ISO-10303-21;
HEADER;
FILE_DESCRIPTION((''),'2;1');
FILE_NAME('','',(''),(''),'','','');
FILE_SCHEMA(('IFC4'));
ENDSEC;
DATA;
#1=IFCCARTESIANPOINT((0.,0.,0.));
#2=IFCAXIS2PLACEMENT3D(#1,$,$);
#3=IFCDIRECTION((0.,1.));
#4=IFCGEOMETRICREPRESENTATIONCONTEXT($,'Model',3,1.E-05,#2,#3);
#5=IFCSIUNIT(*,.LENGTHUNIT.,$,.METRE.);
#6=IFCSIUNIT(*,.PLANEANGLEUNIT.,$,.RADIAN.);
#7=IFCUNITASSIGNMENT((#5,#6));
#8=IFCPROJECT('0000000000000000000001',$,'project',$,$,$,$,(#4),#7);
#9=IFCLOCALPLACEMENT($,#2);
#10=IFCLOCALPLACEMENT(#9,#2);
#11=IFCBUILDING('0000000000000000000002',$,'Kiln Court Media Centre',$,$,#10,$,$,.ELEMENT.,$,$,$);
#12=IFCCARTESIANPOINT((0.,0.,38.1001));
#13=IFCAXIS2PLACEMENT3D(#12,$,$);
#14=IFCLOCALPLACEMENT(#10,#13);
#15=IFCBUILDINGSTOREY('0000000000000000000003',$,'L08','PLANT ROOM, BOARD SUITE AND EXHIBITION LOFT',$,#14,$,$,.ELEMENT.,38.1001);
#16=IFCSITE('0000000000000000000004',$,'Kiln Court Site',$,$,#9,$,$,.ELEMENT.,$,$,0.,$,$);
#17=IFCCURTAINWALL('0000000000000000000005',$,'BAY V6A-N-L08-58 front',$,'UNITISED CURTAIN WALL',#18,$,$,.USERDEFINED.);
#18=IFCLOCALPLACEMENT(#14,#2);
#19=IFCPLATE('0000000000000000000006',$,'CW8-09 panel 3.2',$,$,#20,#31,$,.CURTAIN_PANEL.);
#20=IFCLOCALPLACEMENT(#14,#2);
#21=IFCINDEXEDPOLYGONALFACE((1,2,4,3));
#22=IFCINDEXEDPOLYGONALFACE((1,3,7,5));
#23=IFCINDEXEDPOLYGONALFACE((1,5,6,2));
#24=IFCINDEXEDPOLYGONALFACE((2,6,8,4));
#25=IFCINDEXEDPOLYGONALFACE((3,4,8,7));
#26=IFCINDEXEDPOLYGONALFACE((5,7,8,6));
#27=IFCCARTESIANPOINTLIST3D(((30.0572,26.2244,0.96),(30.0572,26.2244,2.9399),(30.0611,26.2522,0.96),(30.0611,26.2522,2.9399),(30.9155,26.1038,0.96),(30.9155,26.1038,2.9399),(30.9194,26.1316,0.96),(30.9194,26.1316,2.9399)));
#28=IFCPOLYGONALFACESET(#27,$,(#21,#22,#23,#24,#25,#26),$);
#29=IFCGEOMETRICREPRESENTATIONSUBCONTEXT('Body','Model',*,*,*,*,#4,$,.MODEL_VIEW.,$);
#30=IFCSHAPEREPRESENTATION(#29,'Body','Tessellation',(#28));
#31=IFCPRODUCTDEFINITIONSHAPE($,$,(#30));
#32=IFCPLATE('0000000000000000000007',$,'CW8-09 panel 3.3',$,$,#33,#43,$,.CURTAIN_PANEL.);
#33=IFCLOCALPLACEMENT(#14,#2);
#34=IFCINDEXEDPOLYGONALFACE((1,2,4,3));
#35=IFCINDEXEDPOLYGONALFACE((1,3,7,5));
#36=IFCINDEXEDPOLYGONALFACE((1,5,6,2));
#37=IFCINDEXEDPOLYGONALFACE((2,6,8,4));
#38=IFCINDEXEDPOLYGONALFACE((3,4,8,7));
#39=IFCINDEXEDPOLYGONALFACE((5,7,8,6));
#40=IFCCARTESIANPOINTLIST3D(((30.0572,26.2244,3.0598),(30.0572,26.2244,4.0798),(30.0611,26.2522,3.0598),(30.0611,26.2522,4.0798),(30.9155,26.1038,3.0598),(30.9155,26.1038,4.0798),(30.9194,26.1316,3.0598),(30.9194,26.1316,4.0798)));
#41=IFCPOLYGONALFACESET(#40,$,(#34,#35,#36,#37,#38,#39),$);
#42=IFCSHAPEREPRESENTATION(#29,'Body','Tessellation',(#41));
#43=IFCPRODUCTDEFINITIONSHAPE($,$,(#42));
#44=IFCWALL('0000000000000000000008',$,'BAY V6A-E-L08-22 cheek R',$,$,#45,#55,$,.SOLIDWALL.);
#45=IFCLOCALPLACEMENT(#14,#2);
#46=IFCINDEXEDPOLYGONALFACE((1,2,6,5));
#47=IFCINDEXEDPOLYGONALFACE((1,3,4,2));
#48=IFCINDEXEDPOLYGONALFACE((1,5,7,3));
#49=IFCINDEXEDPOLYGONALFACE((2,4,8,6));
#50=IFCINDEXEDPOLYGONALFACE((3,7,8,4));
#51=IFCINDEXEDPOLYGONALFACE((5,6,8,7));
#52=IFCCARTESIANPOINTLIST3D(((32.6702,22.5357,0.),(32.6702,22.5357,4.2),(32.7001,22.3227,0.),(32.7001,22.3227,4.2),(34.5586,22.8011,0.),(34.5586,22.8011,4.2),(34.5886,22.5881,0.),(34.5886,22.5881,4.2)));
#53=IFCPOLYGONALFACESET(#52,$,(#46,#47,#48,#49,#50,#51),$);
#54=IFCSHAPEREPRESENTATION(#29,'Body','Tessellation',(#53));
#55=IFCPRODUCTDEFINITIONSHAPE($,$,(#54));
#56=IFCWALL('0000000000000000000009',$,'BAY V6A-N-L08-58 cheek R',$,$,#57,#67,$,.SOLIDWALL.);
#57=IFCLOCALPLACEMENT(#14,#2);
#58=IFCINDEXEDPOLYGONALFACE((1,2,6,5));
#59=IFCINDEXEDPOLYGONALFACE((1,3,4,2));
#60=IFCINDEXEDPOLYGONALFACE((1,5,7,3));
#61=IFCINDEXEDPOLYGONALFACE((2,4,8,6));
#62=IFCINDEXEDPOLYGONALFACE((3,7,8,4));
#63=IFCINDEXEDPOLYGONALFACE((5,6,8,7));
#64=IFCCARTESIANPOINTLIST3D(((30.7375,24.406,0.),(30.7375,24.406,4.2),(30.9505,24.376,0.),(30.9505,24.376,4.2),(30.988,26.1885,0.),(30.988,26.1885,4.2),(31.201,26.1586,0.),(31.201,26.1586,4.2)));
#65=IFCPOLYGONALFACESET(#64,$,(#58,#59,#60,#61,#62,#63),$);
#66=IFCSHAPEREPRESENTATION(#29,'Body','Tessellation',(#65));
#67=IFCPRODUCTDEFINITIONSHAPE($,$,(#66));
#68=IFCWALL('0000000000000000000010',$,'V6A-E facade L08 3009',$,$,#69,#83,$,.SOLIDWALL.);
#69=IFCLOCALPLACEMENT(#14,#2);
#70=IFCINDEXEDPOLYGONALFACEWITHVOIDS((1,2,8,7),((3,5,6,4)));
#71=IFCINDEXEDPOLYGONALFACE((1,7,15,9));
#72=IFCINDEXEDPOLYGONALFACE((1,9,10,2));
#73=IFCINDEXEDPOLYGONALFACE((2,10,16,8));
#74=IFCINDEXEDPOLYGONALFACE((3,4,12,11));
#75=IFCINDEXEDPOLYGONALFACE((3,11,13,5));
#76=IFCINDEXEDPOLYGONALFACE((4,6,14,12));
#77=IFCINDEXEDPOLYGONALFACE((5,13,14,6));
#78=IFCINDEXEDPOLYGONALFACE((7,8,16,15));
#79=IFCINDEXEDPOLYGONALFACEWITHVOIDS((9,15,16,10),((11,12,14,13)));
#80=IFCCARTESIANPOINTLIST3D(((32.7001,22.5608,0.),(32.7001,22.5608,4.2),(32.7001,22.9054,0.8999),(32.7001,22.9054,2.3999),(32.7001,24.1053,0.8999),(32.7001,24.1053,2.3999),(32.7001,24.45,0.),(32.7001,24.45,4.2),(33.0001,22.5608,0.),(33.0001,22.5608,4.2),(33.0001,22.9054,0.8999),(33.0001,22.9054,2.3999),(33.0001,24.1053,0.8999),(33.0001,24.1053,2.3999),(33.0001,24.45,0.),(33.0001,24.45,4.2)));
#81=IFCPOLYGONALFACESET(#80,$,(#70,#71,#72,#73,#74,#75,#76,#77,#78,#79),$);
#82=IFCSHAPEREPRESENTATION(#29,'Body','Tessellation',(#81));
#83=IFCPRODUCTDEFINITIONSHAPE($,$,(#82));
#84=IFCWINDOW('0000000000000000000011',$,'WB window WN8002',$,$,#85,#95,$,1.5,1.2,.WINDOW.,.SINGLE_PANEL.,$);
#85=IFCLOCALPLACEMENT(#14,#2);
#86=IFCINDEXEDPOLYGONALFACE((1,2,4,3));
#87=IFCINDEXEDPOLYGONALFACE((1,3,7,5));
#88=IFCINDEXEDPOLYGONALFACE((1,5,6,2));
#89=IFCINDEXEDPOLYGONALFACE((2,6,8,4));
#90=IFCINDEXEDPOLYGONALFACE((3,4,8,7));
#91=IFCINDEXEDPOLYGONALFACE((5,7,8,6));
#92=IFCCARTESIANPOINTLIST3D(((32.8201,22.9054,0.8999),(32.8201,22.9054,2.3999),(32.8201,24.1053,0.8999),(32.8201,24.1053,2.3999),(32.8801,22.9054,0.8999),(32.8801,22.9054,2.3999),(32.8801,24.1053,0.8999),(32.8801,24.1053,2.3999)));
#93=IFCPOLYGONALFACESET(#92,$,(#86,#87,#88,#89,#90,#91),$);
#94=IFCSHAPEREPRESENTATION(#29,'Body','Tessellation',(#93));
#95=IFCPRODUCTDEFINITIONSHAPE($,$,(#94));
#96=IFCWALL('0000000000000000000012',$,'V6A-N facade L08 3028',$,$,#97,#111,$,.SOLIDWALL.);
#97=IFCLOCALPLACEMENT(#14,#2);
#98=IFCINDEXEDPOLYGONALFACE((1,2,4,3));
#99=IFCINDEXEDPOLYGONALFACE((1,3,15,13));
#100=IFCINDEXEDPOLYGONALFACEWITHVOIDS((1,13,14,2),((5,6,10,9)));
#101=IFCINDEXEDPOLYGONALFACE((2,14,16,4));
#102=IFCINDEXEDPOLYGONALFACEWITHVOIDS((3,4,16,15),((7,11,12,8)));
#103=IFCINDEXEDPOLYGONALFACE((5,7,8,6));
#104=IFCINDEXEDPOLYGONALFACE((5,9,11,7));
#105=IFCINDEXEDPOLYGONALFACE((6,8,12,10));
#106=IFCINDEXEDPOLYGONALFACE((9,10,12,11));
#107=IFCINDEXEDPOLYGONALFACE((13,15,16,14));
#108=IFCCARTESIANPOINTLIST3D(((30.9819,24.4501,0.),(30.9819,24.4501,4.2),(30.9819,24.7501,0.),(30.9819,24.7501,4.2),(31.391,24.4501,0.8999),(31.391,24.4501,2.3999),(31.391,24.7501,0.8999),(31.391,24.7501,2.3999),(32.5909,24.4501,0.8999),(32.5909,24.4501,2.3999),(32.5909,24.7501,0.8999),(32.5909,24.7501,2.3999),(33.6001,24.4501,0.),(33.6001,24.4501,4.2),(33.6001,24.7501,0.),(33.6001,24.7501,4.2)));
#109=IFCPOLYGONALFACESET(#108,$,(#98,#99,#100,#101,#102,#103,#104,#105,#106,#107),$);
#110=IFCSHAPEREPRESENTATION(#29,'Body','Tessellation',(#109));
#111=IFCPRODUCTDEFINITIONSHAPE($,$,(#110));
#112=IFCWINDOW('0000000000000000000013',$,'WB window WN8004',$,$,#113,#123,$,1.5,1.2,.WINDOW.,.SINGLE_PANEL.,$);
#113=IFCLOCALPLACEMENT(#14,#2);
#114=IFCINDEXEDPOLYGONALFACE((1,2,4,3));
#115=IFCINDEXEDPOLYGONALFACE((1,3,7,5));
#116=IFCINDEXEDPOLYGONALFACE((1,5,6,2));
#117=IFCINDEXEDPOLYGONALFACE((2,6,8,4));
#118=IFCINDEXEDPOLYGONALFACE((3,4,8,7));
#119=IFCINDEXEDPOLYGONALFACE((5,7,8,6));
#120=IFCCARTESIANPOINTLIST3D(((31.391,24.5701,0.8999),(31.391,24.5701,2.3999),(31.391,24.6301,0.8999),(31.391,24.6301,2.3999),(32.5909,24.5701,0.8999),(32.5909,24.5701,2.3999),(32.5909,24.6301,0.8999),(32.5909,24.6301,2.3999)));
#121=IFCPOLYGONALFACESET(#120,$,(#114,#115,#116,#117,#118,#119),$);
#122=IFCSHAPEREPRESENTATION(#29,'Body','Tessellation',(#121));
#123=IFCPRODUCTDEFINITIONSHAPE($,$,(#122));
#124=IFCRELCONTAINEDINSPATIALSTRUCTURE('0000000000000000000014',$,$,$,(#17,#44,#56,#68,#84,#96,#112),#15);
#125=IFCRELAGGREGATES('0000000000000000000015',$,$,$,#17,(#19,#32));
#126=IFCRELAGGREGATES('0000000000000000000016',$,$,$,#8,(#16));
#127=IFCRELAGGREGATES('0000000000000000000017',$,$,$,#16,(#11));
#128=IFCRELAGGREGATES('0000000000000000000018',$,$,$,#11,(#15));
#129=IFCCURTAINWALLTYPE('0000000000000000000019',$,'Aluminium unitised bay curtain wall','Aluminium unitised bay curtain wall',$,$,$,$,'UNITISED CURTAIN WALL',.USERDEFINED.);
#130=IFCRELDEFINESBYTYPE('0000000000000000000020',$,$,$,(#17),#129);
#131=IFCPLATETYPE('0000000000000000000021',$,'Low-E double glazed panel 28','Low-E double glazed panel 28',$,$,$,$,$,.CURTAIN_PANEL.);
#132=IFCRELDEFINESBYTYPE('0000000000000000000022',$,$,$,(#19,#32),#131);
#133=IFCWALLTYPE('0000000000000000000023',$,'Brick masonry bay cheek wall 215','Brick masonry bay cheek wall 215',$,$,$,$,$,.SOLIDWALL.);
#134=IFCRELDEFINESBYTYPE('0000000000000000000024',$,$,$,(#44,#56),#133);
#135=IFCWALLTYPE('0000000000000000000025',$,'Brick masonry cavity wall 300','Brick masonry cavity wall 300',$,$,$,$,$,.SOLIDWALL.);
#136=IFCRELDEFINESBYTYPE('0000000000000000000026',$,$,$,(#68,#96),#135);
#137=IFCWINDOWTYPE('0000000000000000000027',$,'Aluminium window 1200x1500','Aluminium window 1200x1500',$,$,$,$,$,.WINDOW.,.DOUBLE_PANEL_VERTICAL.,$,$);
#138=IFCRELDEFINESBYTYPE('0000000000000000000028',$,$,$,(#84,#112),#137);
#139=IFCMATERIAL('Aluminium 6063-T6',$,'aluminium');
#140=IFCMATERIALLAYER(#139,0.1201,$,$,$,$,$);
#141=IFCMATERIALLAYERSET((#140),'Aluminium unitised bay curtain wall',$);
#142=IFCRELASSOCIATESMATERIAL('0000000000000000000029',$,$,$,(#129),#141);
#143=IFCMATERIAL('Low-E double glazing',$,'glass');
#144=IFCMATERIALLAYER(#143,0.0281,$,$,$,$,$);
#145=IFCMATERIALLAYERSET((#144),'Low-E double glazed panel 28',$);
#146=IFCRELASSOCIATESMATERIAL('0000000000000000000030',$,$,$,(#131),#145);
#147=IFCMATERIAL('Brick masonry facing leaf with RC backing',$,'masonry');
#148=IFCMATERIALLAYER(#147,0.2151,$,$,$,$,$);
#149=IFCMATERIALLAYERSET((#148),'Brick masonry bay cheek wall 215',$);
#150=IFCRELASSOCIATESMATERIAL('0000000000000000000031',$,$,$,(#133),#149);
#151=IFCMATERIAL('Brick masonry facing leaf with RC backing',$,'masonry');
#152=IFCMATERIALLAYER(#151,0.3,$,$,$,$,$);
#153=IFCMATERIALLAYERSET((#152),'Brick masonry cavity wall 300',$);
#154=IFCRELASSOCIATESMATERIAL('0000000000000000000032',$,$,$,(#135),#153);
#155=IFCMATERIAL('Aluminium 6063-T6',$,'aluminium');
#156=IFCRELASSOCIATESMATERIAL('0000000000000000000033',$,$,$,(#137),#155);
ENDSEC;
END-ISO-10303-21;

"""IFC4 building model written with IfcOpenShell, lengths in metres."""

from ifc_helpers import new_model, si_unit, direction, frame, frame_2d, origin, origin_2d, place, context, subcontext, project, spatial, rectangle, extrude, material, layer, layer_set, type_object, element, fill, aggregate, save


model = new_model("IFC4")

# Units and contexts
model_context = context("Model", 3, precision=1e-05, world=origin(), true_north=direction((0.0, 1.0)))
body_context = subcontext(model_context, "Body", "Model", "MODEL_VIEW")
ifc_project = project(units=[si_unit("LENGTHUNIT", "METRE"), si_unit("PLANEANGLEUNIT", "RADIAN")], contexts=[model_context])

# Site, building, storey
site_placement = place(None, origin())
site = spatial("IfcSite", under=ifc_project, at=site_placement, Name="Kiln Court Site", CompositionType="ELEMENT", RefElevation=0.0)
building_placement = place(site_placement, origin())
building = spatial("IfcBuilding", under=site, at=building_placement, Name="Kiln Court Media Centre", CompositionType="ELEMENT")
storey_placement = place(building_placement, frame((0.0, 0.0, 38.1001)))
storey = spatial("IfcBuildingStorey", under=building, at=storey_placement, Name="L08", Description="PLANT ROOM, BOARD SUITE AND EXHIBITION LOFT", CompositionType="ELEMENT", Elevation=38.1001)

# Shared definitions
ifc_material_1 = material(Name="Aluminium 6063-T6", Category="aluminium")
ifc_layer_1 = layer(ifc_material_1, 0.1201)
ifc_layer_set_1 = layer_set([ifc_layer_1], Name="Aluminium unitised bay curtain wall")
curtain_wall_type = type_object("IfcCurtainWallType", Name="Aluminium unitised bay curtain wall", Description="Aluminium unitised bay curtain wall", ElementType="UNITISED CURTAIN WALL", PredefinedType="USERDEFINED", material=ifc_layer_set_1)

# Curtain wall
curtain_wall_1_placement = place(storey_placement, origin())
curtain_wall_1 = element("IfcCurtainWall", 1, at=curtain_wall_1_placement, inside=storey, type_object=curtain_wall_type, Name="BAY V6A-N-L08-58 front", ObjectType="UNITISED CURTAIN WALL", PredefinedType="USERDEFINED")

# Plates
ifc_material_2 = material(Name="Low-E double glazing", Category="glass")
ifc_layer_2 = layer(ifc_material_2, 0.0281)
ifc_layer_set_2 = layer_set([ifc_layer_2], Name="Low-E double glazed panel 28")
plate_type_1 = type_object("IfcPlateType", Name="Low-E double glazed panel 28", Description="Low-E double glazed panel 28", PredefinedType="CURTAIN_PANEL", material=ifc_layer_set_2)
plate_1_placement = place(storey_placement, frame((30.4883, 26.178, 0.96), z_axis=(0.0, 0.0, 1.0), x_axis=(0.99027, -0.139162, 0.0)))
plate_1 = element("IfcPlate", 2, at=plate_1_placement, type_object=plate_type_1, Name="CW8-09 panel 3.2", PredefinedType="CURTAIN_PANEL", context=body_context, shape_type="SweptSolid", body=[
    extrude(rectangle(XDim=0.8667, YDim=0.0281, at=origin_2d()), origin(), (0.0, 0.0, 1.0), 1.98),
])
plate_2_placement = place(storey_placement, frame((30.4883, 26.178, 3.0598), z_axis=(0.0, 0.0, 1.0), x_axis=(0.99027, -0.139162, 0.0)))
plate_2 = element("IfcPlate", 3, at=plate_2_placement, type_object=plate_type_1, Name="CW8-09 panel 3.3", PredefinedType="CURTAIN_PANEL", context=body_context, shape_type="SweptSolid", body=[
    extrude(rectangle(XDim=0.8667, YDim=0.0281, at=origin_2d()), origin(), (0.0, 0.0, 1.0), 1.02),
])
aggregate(curtain_wall_1, [plate_1, plate_2])

# Walls
ifc_material_3 = material(Name="Brick masonry facing leaf with RC backing", Category="masonry")
ifc_layer_3 = layer(ifc_material_3, 0.2151)
ifc_layer_set_3 = layer_set([ifc_layer_3], Name="Brick masonry bay cheek wall 215")
wall_type_1 = type_object("IfcWallType", Name="Brick masonry bay cheek wall 215", Description="Brick masonry bay cheek wall 215", PredefinedType="SOLIDWALL", material=ifc_layer_set_3)
wall_1_placement = place(storey_placement, frame((32.6851, 22.4292, 0.0), z_axis=(0.0, 0.0, 1.0), x_axis=(0.99027, 0.139163, 0.0)))
element("IfcWall", 4, at=wall_1_placement, inside=storey, type_object=wall_type_1, Name="BAY V6A-E-L08-22 cheek R", PredefinedType="SOLIDWALL", context=body_context, shape_type="SweptSolid", body=[
    extrude(rectangle(XDim=1.907, YDim=0.2151, at=frame_2d((0.9536, 0.0))), origin(), (0.0, 0.0, 1.0), 4.2),
])
wall_2_placement = place(storey_placement, frame((30.844, 24.3911, 0.0), z_axis=(0.0, 0.0, 1.0), x_axis=(0.139161, 0.99027, 0.0)))
element("IfcWall", 5, at=wall_2_placement, inside=storey, type_object=wall_type_1, Name="BAY V6A-N-L08-58 cheek R", PredefinedType="SOLIDWALL", context=body_context, shape_type="SweptSolid", body=[
    extrude(rectangle(XDim=1.8, YDim=0.2151, at=frame_2d((0.8999, 0.0))), origin(), (0.0, 0.0, 1.0), 4.2),
])

# Walls, openings, windows
ifc_material_4 = material(Name="Brick masonry facing leaf with RC backing", Category="masonry")
ifc_layer_4 = layer(ifc_material_4, 0.3)
ifc_layer_set_4 = layer_set([ifc_layer_4], Name="Brick masonry cavity wall 300")
wall_type_2 = type_object("IfcWallType", Name="Brick masonry cavity wall 300", Description="Brick masonry cavity wall 300", PredefinedType="SOLIDWALL", material=ifc_layer_set_4)
wall_3_placement = place(storey_placement, frame((32.8501, 24.45, 0.0), z_axis=(0.0, 0.0, 1.0), x_axis=(0.0, -1.0, 0.0)))
wall_3 = element("IfcWall", 6, at=wall_3_placement, inside=storey, type_object=wall_type_2, Name="V6A-E facade L08 3009", PredefinedType="SOLIDWALL", context=body_context, shape_type="SweptSolid", body=[
    extrude(rectangle(XDim=1.8892, YDim=0.3, at=frame_2d((0.9446, 0.0))), origin(), (0.0, 0.0, 1.0), 4.2),
])
opening_1_placement = place(wall_3_placement, frame((0.3445, 0.0, 0.8999)))
opening_1 = element("IfcOpeningElement", 7, at=opening_1_placement, cuts=wall_3, PredefinedType="OPENING", context=body_context, shape_type="SweptSolid", body=[
    extrude(rectangle(XDim=1.2, YDim=1.5, at=frame_2d((0.6001, 0.75))), frame((0.0, 0.1599, 0.0), z_axis=(0.0, -1.0, 0.0), x_axis=(1.0, 0.0, 0.0)), (0.0, 0.0, 1.0), 0.3201),
])
ifc_material_5 = material(Name="Aluminium 6063-T6", Category="aluminium")
window_type = type_object("IfcWindowType", Name="Aluminium window 1200x1500", Description="Aluminium window 1200x1500", PartitioningType="DOUBLE_PANEL_VERTICAL", PredefinedType="WINDOW", material=ifc_material_5)
window_1_placement = place(opening_1_placement, origin())
window_1 = element("IfcWindow", 8, at=window_1_placement, inside=storey, type_object=window_type, Name="WB window WN8002", OverallHeight=1.5, OverallWidth=1.2, PartitioningType="SINGLE_PANEL", PredefinedType="WINDOW", context=body_context, shape_type="SweptSolid", body=[
    extrude(rectangle(XDim=1.2, YDim=1.5, at=frame_2d((0.6001, 0.75))), frame((0.0, 0.03, 0.0), z_axis=(0.0, -1.0, 0.0), x_axis=(1.0, 0.0, 0.0)), (0.0, 0.0, 1.0), 0.0601),
])
fill(opening_1, window_1)
wall_4_placement = place(storey_placement, frame((30.9819, 24.6001, 0.0), z_axis=(0.0, 0.0, 1.0), x_axis=(1.0, 0.0, 0.0)))
wall_4 = element("IfcWall", 9, at=wall_4_placement, inside=storey, type_object=wall_type_2, Name="V6A-N facade L08 3028", PredefinedType="SOLIDWALL", context=body_context, shape_type="SweptSolid", body=[
    extrude(rectangle(XDim=2.6182, YDim=0.3, at=frame_2d((1.3091, 0.0))), origin(), (0.0, 0.0, 1.0), 4.2),
])
opening_2_placement = place(wall_4_placement, frame((0.4089, 0.0, 0.8999)))
opening_2 = element("IfcOpeningElement", 10, at=opening_2_placement, cuts=wall_4, PredefinedType="OPENING", context=body_context, shape_type="SweptSolid", body=[
    extrude(rectangle(XDim=1.2, YDim=1.5, at=frame_2d((0.6001, 0.75))), frame((0.0, 0.1599, 0.0), z_axis=(0.0, -1.0, 0.0), x_axis=(1.0, 0.0, 0.0)), (0.0, 0.0, 1.0), 0.3201),
])
window_2_placement = place(opening_2_placement, origin())
window_2 = element("IfcWindow", 11, at=window_2_placement, inside=storey, type_object=window_type, Name="WB window WN8004", OverallHeight=1.5, OverallWidth=1.2, PartitioningType="SINGLE_PANEL", PredefinedType="WINDOW", context=body_context, shape_type="SweptSolid", body=[
    extrude(rectangle(XDim=1.2, YDim=1.5, at=frame_2d((0.6001, 0.75))), frame((0.0, 0.03, 0.0), z_axis=(0.0, -1.0, 0.0), x_axis=(1.0, 0.0, 0.0)), (0.0, 0.0, 1.0), 0.0601),
])
fill(opening_2, window_2)

save(model, "model.ifc")
